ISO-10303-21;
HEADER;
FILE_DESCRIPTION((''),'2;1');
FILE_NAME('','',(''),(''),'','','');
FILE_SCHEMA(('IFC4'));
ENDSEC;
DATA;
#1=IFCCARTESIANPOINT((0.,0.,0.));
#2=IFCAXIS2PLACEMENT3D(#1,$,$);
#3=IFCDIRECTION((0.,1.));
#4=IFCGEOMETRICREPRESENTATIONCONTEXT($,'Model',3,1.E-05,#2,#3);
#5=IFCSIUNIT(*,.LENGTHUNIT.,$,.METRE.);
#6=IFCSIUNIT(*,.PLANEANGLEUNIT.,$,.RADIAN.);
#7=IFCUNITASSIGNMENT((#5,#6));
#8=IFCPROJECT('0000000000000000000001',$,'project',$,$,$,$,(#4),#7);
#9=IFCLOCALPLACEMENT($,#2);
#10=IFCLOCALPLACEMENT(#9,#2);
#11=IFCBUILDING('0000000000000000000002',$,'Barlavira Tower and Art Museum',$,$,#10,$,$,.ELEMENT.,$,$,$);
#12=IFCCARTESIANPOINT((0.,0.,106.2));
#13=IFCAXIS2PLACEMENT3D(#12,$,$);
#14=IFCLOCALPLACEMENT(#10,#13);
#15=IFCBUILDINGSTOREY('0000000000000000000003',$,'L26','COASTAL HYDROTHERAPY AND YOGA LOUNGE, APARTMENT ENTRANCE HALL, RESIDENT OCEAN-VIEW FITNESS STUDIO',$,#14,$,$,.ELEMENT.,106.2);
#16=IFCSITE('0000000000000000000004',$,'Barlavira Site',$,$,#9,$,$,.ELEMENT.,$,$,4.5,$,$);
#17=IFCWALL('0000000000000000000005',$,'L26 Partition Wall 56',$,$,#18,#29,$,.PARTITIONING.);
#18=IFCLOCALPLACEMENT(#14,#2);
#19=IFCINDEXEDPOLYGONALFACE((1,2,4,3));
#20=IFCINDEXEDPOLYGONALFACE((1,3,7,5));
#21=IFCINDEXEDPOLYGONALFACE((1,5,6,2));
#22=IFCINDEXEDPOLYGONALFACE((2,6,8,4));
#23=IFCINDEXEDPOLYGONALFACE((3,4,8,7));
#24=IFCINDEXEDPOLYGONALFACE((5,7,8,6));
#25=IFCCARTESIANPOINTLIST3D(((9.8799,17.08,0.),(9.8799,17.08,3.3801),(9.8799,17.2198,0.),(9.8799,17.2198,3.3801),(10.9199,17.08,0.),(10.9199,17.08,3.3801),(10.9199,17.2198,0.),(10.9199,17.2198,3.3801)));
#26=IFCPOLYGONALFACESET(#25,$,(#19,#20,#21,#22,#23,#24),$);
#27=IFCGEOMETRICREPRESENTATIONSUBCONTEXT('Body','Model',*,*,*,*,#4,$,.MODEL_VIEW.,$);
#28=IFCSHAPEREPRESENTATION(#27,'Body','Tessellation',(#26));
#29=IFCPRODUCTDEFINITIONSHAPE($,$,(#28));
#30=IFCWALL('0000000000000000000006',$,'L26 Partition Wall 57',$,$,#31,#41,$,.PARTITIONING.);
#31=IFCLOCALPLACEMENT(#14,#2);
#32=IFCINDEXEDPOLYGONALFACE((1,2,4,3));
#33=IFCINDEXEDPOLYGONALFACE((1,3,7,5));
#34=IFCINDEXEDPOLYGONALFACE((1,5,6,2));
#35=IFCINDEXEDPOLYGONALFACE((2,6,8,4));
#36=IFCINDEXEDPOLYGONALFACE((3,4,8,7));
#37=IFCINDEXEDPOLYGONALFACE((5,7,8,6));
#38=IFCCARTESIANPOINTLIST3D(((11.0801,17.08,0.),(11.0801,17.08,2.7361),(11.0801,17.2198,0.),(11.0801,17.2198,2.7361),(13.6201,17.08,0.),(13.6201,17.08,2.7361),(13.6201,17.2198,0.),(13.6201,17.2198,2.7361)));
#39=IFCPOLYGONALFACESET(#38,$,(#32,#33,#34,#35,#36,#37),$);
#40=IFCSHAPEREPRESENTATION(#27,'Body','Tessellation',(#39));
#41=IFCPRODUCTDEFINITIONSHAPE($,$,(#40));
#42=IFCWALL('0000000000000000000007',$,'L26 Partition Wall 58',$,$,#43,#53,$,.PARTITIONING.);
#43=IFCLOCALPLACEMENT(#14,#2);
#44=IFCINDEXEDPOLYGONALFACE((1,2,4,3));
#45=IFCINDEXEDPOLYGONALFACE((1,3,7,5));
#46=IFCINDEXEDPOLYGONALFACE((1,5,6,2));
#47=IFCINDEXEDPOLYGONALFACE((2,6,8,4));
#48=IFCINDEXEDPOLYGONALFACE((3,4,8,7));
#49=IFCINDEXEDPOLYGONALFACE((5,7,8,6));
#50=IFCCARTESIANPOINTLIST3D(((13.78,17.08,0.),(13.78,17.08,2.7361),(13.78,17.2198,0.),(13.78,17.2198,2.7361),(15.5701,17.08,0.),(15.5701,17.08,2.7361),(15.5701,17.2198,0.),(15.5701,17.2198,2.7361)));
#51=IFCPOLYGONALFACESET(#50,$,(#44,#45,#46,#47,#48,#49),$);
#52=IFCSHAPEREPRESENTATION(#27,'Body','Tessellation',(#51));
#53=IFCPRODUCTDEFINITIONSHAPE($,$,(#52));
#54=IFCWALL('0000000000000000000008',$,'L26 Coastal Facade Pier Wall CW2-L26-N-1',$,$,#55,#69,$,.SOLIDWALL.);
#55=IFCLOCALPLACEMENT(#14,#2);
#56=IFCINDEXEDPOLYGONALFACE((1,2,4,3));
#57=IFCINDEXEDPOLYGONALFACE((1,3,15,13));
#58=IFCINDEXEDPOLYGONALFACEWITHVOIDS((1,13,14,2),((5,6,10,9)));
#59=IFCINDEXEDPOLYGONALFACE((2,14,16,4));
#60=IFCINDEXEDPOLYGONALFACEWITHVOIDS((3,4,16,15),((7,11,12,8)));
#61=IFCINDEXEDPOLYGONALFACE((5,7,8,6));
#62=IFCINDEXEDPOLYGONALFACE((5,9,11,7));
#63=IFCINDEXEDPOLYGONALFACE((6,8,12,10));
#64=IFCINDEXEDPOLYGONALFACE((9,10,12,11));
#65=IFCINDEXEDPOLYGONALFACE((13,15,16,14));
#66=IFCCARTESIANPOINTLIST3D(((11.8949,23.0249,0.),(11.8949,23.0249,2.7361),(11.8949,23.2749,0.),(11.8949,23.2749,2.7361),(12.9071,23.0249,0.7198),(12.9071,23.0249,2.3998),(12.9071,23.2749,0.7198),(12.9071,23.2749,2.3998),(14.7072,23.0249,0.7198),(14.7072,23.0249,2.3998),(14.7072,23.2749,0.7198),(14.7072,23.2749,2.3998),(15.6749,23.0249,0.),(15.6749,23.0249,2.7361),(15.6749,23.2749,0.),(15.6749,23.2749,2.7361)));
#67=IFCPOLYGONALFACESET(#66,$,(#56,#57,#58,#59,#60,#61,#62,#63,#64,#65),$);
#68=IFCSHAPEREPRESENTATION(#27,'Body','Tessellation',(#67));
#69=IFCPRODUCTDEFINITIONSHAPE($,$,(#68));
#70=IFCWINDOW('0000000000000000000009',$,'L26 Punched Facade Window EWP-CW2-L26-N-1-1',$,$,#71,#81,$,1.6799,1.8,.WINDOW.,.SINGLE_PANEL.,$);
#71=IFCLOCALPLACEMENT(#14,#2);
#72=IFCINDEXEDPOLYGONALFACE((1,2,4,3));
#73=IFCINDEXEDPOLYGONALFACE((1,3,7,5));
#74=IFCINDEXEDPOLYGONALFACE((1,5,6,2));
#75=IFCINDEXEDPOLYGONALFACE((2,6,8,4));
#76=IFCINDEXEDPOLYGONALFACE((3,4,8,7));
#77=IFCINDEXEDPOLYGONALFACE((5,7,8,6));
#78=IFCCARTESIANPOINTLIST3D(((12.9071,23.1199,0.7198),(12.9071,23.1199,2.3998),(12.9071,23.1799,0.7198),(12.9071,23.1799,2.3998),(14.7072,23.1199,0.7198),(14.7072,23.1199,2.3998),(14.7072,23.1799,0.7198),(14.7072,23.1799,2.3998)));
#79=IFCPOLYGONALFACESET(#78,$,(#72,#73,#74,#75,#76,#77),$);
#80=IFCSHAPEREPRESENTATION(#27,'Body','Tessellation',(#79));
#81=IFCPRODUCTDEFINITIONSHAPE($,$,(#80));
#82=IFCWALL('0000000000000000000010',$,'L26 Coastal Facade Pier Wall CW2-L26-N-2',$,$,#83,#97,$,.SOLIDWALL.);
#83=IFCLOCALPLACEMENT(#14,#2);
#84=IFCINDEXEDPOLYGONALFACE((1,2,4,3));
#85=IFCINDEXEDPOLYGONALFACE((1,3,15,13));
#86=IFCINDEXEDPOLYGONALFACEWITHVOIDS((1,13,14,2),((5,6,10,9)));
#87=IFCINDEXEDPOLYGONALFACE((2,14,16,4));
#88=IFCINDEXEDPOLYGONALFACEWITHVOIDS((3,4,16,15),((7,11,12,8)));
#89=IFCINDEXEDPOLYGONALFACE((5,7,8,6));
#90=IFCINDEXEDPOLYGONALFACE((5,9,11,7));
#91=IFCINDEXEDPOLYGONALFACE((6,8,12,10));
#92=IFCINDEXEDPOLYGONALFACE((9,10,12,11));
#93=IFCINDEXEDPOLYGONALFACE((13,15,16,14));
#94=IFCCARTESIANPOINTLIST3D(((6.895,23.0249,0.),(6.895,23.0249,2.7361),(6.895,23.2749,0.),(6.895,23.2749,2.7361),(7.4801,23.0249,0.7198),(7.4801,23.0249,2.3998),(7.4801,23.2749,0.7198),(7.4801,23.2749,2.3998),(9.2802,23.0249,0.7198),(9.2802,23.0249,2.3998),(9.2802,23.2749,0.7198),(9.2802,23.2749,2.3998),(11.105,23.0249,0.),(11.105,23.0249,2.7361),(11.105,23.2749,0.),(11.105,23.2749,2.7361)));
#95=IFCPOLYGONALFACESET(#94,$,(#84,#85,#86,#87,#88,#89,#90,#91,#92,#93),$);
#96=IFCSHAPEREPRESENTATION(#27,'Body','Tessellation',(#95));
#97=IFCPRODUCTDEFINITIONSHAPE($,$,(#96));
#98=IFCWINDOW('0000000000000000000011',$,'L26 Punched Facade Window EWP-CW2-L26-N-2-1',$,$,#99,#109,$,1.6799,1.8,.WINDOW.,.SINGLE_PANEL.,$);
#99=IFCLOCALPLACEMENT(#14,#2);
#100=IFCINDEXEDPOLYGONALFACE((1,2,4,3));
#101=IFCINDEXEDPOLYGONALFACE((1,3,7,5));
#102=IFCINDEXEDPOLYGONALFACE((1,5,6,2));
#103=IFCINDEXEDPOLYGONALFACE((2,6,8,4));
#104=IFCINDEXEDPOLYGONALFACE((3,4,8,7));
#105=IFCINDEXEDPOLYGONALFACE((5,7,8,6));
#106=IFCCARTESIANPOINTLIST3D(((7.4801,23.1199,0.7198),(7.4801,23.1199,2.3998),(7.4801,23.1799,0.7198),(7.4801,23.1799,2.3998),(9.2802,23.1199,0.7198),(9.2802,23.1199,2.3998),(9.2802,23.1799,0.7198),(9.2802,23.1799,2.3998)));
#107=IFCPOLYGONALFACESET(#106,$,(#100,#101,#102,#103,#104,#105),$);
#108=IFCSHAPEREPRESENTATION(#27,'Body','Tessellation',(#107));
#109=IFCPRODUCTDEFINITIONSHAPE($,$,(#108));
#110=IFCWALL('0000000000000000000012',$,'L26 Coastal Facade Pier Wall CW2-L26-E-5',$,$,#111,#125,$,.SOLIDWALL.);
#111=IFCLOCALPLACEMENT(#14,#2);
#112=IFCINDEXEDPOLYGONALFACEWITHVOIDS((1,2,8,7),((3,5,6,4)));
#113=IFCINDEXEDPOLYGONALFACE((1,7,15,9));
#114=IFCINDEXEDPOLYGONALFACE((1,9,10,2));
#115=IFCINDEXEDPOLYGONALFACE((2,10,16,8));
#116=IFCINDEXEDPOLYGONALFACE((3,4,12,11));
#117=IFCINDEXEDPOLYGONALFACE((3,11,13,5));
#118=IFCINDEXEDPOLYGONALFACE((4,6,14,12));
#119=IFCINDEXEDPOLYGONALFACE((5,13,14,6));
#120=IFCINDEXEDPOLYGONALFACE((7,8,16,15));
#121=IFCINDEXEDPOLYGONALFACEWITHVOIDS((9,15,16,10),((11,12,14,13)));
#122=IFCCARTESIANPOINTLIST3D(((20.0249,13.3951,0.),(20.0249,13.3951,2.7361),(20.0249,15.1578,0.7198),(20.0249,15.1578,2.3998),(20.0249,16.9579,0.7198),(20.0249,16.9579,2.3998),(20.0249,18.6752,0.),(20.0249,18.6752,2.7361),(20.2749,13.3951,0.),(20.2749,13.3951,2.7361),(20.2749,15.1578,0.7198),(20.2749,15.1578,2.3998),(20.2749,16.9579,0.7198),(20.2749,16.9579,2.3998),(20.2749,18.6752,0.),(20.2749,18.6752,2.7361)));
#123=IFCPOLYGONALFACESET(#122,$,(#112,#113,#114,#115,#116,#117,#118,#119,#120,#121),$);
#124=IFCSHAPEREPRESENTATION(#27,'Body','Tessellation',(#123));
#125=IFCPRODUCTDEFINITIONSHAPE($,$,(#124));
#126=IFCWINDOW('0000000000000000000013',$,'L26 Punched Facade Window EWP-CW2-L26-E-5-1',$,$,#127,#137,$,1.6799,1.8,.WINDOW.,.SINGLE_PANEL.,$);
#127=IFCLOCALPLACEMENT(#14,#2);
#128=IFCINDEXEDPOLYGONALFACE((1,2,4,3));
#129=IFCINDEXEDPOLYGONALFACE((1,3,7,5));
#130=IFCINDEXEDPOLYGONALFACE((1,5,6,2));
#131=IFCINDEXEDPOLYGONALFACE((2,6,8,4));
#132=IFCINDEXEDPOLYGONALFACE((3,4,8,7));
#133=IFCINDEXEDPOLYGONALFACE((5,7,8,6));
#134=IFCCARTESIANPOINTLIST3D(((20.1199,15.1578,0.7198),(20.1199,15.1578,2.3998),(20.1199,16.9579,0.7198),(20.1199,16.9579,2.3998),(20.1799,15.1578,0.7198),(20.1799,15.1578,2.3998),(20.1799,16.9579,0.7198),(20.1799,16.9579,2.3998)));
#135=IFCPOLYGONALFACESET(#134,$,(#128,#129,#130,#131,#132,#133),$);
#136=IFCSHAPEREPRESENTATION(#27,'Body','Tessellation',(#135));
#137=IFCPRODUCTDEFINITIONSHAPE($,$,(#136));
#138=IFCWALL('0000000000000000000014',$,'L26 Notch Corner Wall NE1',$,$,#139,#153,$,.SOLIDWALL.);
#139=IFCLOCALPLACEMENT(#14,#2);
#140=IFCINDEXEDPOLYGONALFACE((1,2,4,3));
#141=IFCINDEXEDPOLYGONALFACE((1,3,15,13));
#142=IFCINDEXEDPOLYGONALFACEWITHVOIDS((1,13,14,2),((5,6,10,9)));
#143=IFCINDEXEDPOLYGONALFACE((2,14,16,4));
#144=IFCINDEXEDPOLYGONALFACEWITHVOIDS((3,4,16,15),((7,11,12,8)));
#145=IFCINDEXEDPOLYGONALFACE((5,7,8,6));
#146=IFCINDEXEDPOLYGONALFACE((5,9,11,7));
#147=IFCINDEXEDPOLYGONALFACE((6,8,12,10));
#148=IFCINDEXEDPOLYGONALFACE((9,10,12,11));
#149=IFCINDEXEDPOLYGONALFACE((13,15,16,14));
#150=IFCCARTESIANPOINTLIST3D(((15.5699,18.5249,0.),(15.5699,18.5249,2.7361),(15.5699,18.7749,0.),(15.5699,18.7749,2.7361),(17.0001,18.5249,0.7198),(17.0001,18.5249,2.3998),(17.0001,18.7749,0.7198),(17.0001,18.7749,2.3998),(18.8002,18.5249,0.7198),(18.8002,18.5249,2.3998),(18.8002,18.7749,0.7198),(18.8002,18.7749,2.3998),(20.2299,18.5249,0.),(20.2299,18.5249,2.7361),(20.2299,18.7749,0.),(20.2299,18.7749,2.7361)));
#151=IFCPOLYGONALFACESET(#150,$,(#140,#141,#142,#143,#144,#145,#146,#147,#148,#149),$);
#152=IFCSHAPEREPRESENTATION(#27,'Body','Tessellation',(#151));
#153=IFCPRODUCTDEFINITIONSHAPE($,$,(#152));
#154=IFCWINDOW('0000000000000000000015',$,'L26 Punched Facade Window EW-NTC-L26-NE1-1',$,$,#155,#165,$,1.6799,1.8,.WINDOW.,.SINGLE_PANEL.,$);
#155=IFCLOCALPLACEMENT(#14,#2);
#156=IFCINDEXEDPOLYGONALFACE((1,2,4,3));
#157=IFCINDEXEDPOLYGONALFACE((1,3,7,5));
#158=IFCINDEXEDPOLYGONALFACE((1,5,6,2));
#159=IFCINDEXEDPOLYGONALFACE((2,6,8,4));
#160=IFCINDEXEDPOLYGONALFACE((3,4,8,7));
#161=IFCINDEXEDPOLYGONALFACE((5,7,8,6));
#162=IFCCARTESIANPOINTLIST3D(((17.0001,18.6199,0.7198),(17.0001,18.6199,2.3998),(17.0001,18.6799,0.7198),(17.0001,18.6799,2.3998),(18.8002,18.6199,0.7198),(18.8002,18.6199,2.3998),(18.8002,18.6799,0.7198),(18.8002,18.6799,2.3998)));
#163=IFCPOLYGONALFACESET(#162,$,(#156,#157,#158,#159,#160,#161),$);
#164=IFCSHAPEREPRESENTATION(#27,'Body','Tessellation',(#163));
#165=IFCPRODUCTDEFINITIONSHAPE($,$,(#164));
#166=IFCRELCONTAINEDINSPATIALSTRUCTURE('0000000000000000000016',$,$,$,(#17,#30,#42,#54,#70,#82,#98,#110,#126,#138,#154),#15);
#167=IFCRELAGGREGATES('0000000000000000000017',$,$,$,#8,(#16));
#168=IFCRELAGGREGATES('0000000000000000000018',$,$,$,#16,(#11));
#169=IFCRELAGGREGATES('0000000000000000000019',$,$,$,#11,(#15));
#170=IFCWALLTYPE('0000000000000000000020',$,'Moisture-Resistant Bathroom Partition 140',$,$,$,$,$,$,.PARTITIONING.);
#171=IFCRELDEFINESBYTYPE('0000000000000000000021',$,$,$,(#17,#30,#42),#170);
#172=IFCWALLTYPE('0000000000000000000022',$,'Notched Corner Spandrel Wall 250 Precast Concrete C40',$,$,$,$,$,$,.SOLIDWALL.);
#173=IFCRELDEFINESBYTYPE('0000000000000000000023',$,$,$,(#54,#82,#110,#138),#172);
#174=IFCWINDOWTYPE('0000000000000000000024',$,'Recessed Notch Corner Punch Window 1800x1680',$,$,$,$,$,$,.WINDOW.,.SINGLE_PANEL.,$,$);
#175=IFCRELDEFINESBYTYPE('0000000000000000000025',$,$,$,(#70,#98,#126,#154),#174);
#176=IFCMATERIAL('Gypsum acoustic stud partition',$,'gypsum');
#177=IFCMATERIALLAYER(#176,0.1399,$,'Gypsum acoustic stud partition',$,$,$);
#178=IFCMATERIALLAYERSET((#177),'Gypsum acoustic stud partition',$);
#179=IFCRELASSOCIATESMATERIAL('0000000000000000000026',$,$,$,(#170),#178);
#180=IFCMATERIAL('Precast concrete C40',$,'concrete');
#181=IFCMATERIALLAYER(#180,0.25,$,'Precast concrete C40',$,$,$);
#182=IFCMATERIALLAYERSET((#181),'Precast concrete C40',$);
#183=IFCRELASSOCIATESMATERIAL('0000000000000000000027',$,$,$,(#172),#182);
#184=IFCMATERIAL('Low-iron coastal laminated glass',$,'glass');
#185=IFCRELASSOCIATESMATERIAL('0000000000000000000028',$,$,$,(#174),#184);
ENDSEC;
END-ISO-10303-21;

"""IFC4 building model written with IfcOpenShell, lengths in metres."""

from ifc_helpers import new_model, si_unit, direction, frame, frame_2d, origin, place, context, subcontext, project, spatial, rectangle, extrude, material, layer, layer_set, type_object, element, fill, save


model = new_model("IFC4")

# Units and contexts
model_context = context("Model", 3, precision=1e-05, world=origin(), true_north=direction((0.0, 1.0)))
body_context = subcontext(model_context, "Body", "Model", "MODEL_VIEW")
ifc_project = project(units=[si_unit("LENGTHUNIT", "METRE"), si_unit("PLANEANGLEUNIT", "RADIAN")], contexts=[model_context])

# Site, building, storey
site_placement = place(None, origin())
site = spatial("IfcSite", under=ifc_project, at=site_placement, Name="Barlavira Site", CompositionType="ELEMENT", RefElevation=4.5)
building_placement = place(site_placement, origin())
building = spatial("IfcBuilding", under=site, at=building_placement, Name="Barlavira Tower and Art Museum", CompositionType="ELEMENT")
storey_placement = place(building_placement, frame((0.0, 0.0, 106.2)))
storey = spatial("IfcBuildingStorey", under=building, at=storey_placement, Name="L26", Description="COASTAL HYDROTHERAPY AND YOGA LOUNGE, APARTMENT ENTRANCE HALL, RESIDENT OCEAN-VIEW FITNESS STUDIO", CompositionType="ELEMENT", Elevation=106.2)

# Shared definitions
ifc_material_1 = material(Name="Gypsum acoustic stud partition", Category="gypsum")

# Walls
ifc_layer_1 = layer(ifc_material_1, 0.1399, Name="Gypsum acoustic stud partition")
ifc_layer_set_1 = layer_set([ifc_layer_1], Name="Gypsum acoustic stud partition")
wall_type_1 = type_object("IfcWallType", Name="Moisture-Resistant Bathroom Partition 140", PredefinedType="PARTITIONING", material=ifc_layer_set_1)
wall_1_placement = place(storey_placement, frame((9.8799, 17.1499, 0.0), z_axis=(0.0, 0.0, 1.0), x_axis=(1.0, 0.0, 0.0)))
element("IfcWall", 1, at=wall_1_placement, inside=storey, type_object=wall_type_1, Name="L26 Partition Wall 56", PredefinedType="PARTITIONING", context=body_context, shape_type="SweptSolid", body=[
    extrude(rectangle(XDim=1.04, YDim=0.1399, at=frame_2d((0.52, 0.0))), origin(), (0.0, 0.0, 1.0), 3.3801),
])
wall_2_placement = place(storey_placement, frame((11.0801, 17.1499, 0.0), z_axis=(0.0, 0.0, 1.0), x_axis=(1.0, 0.0, 0.0)))
element("IfcWall", 2, at=wall_2_placement, inside=storey, type_object=wall_type_1, Name="L26 Partition Wall 57", PredefinedType="PARTITIONING", context=body_context, shape_type="SweptSolid", body=[
    extrude(rectangle(XDim=2.54, YDim=0.1399, at=frame_2d((1.27, 0.0))), origin(), (0.0, 0.0, 1.0), 2.7361),
])
wall_3_placement = place(storey_placement, frame((13.78, 17.1499, 0.0), z_axis=(0.0, 0.0, 1.0), x_axis=(1.0, 0.0, 0.0)))
element("IfcWall", 3, at=wall_3_placement, inside=storey, type_object=wall_type_1, Name="L26 Partition Wall 58", PredefinedType="PARTITIONING", context=body_context, shape_type="SweptSolid", body=[
    extrude(rectangle(XDim=1.79, YDim=0.1399, at=frame_2d((0.895, 0.0))), origin(), (0.0, 0.0, 1.0), 2.7361),
])

# Walls, openings, windows
ifc_material_2 = material(Name="Precast concrete C40", Category="concrete")
ifc_layer_2 = layer(ifc_material_2, 0.25, Name="Precast concrete C40")
ifc_layer_set_2 = layer_set([ifc_layer_2], Name="Precast concrete C40")
wall_type_2 = type_object("IfcWallType", Name="Notched Corner Spandrel Wall 250 Precast Concrete C40", PredefinedType="SOLIDWALL", material=ifc_layer_set_2)
wall_4_placement = place(storey_placement, frame((15.675, 23.1499, 0.0), z_axis=(0.0, 0.0, 1.0), x_axis=(-1.0, 0.0, 0.0)))
wall_4 = element("IfcWall", 4, at=wall_4_placement, inside=storey, type_object=wall_type_2, Name="L26 Coastal Facade Pier Wall CW2-L26-N-1", PredefinedType="SOLIDWALL", context=body_context, shape_type="SweptSolid", body=[
    extrude(rectangle(XDim=3.78, YDim=0.25, at=frame_2d((1.8901, 0.0))), origin(), (0.0, 0.0, 1.0), 2.7361),
])
opening_1_placement = place(wall_4_placement, frame((0.968, 0.0, 0.72)))
opening_1 = element("IfcOpeningElement", 5, at=opening_1_placement, cuts=wall_4, PredefinedType="OPENING", context=body_context, shape_type="SweptSolid", body=[
    extrude(rectangle(XDim=1.8, YDim=1.6799, at=frame_2d((0.8999, 0.8398))), frame((0.0, 0.135, 0.0), z_axis=(0.0, -1.0, 0.0), x_axis=(1.0, 0.0, 0.0)), (0.0, 0.0, 1.0), 0.27),
])
ifc_material_3 = material(Name="Low-iron coastal laminated glass", Category="glass")
window_type = type_object("IfcWindowType", Name="Recessed Notch Corner Punch Window 1800x1680", PartitioningType="SINGLE_PANEL", PredefinedType="WINDOW", material=ifc_material_3)
window_1_placement = place(opening_1_placement, origin())
window_1 = element("IfcWindow", 6, at=window_1_placement, inside=storey, type_object=window_type, Name="L26 Punched Facade Window EWP-CW2-L26-N-1-1", OverallHeight=1.6799, OverallWidth=1.8, PartitioningType="SINGLE_PANEL", PredefinedType="WINDOW", context=body_context, shape_type="SweptSolid", body=[
    extrude(rectangle(XDim=1.8, YDim=1.6799, at=frame_2d((0.8999, 0.8398))), frame((0.0, 0.03, 0.0), z_axis=(0.0, -1.0, 0.0), x_axis=(1.0, 0.0, 0.0)), (0.0, 0.0, 1.0), 0.0601),
])
fill(opening_1, window_1)
wall_5_placement = place(storey_placement, frame((11.105, 23.1499, 0.0), z_axis=(0.0, 0.0, 1.0), x_axis=(-1.0, 0.0, 0.0)))
wall_5 = element("IfcWall", 7, at=wall_5_placement, inside=storey, type_object=wall_type_2, Name="L26 Coastal Facade Pier Wall CW2-L26-N-2", PredefinedType="SOLIDWALL", context=body_context, shape_type="SweptSolid", body=[
    extrude(rectangle(XDim=4.21, YDim=0.25, at=frame_2d((2.105, 0.0))), origin(), (0.0, 0.0, 1.0), 2.7361),
])
opening_2_placement = place(wall_5_placement, frame((1.825, 0.0, 0.72)))
opening_2 = element("IfcOpeningElement", 8, at=opening_2_placement, cuts=wall_5, PredefinedType="OPENING", context=body_context, shape_type="SweptSolid", body=[
    extrude(rectangle(XDim=1.8, YDim=1.6799, at=frame_2d((0.8999, 0.8398))), frame((0.0, 0.135, 0.0), z_axis=(0.0, -1.0, 0.0), x_axis=(1.0, 0.0, 0.0)), (0.0, 0.0, 1.0), 0.27),
])
window_2_placement = place(opening_2_placement, origin())
window_2 = element("IfcWindow", 9, at=window_2_placement, inside=storey, type_object=window_type, Name="L26 Punched Facade Window EWP-CW2-L26-N-2-1", OverallHeight=1.6799, OverallWidth=1.8, PartitioningType="SINGLE_PANEL", PredefinedType="WINDOW", context=body_context, shape_type="SweptSolid", body=[
    extrude(rectangle(XDim=1.8, YDim=1.6799, at=frame_2d((0.8999, 0.8398))), frame((0.0, 0.03, 0.0), z_axis=(0.0, -1.0, 0.0), x_axis=(1.0, 0.0, 0.0)), (0.0, 0.0, 1.0), 0.0601),
])
fill(opening_2, window_2)
wall_6_placement = place(storey_placement, frame((20.1499, 13.395, 0.0), z_axis=(0.0, 0.0, 1.0), x_axis=(0.0, 1.0, 0.0)))
wall_6 = element("IfcWall", 10, at=wall_6_placement, inside=storey, type_object=wall_type_2, Name="L26 Coastal Facade Pier Wall CW2-L26-E-5", PredefinedType="SOLIDWALL", context=body_context, shape_type="SweptSolid", body=[
    extrude(rectangle(XDim=5.28, YDim=0.25, at=frame_2d((2.6401, 0.0))), origin(), (0.0, 0.0, 1.0), 2.7361),
])
opening_3_placement = place(wall_6_placement, frame((1.7629, 0.0, 0.72)))
opening_3 = element("IfcOpeningElement", 11, at=opening_3_placement, cuts=wall_6, PredefinedType="OPENING", context=body_context, shape_type="SweptSolid", body=[
    extrude(rectangle(XDim=1.8, YDim=1.6799, at=frame_2d((0.8999, 0.8398))), frame((0.0, 0.135, 0.0), z_axis=(0.0, -1.0, 0.0), x_axis=(1.0, 0.0, 0.0)), (0.0, 0.0, 1.0), 0.27),
])
window_3_placement = place(opening_3_placement, origin())
window_3 = element("IfcWindow", 12, at=window_3_placement, inside=storey, type_object=window_type, Name="L26 Punched Facade Window EWP-CW2-L26-E-5-1", OverallHeight=1.6799, OverallWidth=1.8, PartitioningType="SINGLE_PANEL", PredefinedType="WINDOW", context=body_context, shape_type="SweptSolid", body=[
    extrude(rectangle(XDim=1.8, YDim=1.6799, at=frame_2d((0.8999, 0.8398))), frame((0.0, 0.03, 0.0), z_axis=(0.0, -1.0, 0.0), x_axis=(1.0, 0.0, 0.0)), (0.0, 0.0, 1.0), 0.0601),
])
fill(opening_3, window_3)
wall_7_placement = place(storey_placement, frame((20.23, 18.6499, 0.0), z_axis=(0.0, 0.0, 1.0), x_axis=(-1.0, 0.0, 0.0)))
wall_7 = element("IfcWall", 13, at=wall_7_placement, inside=storey, type_object=wall_type_2, Name="L26 Notch Corner Wall NE1", PredefinedType="SOLIDWALL", context=body_context, shape_type="SweptSolid", body=[
    extrude(rectangle(XDim=4.6599, YDim=0.25, at=frame_2d((2.3301, 0.0))), origin(), (0.0, 0.0, 1.0), 2.7361),
])
opening_4_placement = place(wall_7_placement, frame((1.4299, 0.0, 0.72)))
opening_4 = element("IfcOpeningElement", 14, at=opening_4_placement, cuts=wall_7, PredefinedType="OPENING", context=body_context, shape_type="SweptSolid", body=[
    extrude(rectangle(XDim=1.8, YDim=1.6799, at=frame_2d((0.8999, 0.8398))), frame((0.0, 0.135, 0.0), z_axis=(0.0, -1.0, 0.0), x_axis=(1.0, 0.0, 0.0)), (0.0, 0.0, 1.0), 0.27),
])
window_4_placement = place(opening_4_placement, origin())
window_4 = element("IfcWindow", 15, at=window_4_placement, inside=storey, type_object=window_type, Name="L26 Punched Facade Window EW-NTC-L26-NE1-1", OverallHeight=1.6799, OverallWidth=1.8, PartitioningType="SINGLE_PANEL", PredefinedType="WINDOW", context=body_context, shape_type="SweptSolid", body=[
    extrude(rectangle(XDim=1.8, YDim=1.6799, at=frame_2d((0.8999, 0.8398))), frame((0.0, 0.03, 0.0), z_axis=(0.0, -1.0, 0.0), x_axis=(1.0, 0.0, 0.0)), (0.0, 0.0, 1.0), 0.0601),
])
fill(opening_4, window_4)

save(model, "model.ifc")
